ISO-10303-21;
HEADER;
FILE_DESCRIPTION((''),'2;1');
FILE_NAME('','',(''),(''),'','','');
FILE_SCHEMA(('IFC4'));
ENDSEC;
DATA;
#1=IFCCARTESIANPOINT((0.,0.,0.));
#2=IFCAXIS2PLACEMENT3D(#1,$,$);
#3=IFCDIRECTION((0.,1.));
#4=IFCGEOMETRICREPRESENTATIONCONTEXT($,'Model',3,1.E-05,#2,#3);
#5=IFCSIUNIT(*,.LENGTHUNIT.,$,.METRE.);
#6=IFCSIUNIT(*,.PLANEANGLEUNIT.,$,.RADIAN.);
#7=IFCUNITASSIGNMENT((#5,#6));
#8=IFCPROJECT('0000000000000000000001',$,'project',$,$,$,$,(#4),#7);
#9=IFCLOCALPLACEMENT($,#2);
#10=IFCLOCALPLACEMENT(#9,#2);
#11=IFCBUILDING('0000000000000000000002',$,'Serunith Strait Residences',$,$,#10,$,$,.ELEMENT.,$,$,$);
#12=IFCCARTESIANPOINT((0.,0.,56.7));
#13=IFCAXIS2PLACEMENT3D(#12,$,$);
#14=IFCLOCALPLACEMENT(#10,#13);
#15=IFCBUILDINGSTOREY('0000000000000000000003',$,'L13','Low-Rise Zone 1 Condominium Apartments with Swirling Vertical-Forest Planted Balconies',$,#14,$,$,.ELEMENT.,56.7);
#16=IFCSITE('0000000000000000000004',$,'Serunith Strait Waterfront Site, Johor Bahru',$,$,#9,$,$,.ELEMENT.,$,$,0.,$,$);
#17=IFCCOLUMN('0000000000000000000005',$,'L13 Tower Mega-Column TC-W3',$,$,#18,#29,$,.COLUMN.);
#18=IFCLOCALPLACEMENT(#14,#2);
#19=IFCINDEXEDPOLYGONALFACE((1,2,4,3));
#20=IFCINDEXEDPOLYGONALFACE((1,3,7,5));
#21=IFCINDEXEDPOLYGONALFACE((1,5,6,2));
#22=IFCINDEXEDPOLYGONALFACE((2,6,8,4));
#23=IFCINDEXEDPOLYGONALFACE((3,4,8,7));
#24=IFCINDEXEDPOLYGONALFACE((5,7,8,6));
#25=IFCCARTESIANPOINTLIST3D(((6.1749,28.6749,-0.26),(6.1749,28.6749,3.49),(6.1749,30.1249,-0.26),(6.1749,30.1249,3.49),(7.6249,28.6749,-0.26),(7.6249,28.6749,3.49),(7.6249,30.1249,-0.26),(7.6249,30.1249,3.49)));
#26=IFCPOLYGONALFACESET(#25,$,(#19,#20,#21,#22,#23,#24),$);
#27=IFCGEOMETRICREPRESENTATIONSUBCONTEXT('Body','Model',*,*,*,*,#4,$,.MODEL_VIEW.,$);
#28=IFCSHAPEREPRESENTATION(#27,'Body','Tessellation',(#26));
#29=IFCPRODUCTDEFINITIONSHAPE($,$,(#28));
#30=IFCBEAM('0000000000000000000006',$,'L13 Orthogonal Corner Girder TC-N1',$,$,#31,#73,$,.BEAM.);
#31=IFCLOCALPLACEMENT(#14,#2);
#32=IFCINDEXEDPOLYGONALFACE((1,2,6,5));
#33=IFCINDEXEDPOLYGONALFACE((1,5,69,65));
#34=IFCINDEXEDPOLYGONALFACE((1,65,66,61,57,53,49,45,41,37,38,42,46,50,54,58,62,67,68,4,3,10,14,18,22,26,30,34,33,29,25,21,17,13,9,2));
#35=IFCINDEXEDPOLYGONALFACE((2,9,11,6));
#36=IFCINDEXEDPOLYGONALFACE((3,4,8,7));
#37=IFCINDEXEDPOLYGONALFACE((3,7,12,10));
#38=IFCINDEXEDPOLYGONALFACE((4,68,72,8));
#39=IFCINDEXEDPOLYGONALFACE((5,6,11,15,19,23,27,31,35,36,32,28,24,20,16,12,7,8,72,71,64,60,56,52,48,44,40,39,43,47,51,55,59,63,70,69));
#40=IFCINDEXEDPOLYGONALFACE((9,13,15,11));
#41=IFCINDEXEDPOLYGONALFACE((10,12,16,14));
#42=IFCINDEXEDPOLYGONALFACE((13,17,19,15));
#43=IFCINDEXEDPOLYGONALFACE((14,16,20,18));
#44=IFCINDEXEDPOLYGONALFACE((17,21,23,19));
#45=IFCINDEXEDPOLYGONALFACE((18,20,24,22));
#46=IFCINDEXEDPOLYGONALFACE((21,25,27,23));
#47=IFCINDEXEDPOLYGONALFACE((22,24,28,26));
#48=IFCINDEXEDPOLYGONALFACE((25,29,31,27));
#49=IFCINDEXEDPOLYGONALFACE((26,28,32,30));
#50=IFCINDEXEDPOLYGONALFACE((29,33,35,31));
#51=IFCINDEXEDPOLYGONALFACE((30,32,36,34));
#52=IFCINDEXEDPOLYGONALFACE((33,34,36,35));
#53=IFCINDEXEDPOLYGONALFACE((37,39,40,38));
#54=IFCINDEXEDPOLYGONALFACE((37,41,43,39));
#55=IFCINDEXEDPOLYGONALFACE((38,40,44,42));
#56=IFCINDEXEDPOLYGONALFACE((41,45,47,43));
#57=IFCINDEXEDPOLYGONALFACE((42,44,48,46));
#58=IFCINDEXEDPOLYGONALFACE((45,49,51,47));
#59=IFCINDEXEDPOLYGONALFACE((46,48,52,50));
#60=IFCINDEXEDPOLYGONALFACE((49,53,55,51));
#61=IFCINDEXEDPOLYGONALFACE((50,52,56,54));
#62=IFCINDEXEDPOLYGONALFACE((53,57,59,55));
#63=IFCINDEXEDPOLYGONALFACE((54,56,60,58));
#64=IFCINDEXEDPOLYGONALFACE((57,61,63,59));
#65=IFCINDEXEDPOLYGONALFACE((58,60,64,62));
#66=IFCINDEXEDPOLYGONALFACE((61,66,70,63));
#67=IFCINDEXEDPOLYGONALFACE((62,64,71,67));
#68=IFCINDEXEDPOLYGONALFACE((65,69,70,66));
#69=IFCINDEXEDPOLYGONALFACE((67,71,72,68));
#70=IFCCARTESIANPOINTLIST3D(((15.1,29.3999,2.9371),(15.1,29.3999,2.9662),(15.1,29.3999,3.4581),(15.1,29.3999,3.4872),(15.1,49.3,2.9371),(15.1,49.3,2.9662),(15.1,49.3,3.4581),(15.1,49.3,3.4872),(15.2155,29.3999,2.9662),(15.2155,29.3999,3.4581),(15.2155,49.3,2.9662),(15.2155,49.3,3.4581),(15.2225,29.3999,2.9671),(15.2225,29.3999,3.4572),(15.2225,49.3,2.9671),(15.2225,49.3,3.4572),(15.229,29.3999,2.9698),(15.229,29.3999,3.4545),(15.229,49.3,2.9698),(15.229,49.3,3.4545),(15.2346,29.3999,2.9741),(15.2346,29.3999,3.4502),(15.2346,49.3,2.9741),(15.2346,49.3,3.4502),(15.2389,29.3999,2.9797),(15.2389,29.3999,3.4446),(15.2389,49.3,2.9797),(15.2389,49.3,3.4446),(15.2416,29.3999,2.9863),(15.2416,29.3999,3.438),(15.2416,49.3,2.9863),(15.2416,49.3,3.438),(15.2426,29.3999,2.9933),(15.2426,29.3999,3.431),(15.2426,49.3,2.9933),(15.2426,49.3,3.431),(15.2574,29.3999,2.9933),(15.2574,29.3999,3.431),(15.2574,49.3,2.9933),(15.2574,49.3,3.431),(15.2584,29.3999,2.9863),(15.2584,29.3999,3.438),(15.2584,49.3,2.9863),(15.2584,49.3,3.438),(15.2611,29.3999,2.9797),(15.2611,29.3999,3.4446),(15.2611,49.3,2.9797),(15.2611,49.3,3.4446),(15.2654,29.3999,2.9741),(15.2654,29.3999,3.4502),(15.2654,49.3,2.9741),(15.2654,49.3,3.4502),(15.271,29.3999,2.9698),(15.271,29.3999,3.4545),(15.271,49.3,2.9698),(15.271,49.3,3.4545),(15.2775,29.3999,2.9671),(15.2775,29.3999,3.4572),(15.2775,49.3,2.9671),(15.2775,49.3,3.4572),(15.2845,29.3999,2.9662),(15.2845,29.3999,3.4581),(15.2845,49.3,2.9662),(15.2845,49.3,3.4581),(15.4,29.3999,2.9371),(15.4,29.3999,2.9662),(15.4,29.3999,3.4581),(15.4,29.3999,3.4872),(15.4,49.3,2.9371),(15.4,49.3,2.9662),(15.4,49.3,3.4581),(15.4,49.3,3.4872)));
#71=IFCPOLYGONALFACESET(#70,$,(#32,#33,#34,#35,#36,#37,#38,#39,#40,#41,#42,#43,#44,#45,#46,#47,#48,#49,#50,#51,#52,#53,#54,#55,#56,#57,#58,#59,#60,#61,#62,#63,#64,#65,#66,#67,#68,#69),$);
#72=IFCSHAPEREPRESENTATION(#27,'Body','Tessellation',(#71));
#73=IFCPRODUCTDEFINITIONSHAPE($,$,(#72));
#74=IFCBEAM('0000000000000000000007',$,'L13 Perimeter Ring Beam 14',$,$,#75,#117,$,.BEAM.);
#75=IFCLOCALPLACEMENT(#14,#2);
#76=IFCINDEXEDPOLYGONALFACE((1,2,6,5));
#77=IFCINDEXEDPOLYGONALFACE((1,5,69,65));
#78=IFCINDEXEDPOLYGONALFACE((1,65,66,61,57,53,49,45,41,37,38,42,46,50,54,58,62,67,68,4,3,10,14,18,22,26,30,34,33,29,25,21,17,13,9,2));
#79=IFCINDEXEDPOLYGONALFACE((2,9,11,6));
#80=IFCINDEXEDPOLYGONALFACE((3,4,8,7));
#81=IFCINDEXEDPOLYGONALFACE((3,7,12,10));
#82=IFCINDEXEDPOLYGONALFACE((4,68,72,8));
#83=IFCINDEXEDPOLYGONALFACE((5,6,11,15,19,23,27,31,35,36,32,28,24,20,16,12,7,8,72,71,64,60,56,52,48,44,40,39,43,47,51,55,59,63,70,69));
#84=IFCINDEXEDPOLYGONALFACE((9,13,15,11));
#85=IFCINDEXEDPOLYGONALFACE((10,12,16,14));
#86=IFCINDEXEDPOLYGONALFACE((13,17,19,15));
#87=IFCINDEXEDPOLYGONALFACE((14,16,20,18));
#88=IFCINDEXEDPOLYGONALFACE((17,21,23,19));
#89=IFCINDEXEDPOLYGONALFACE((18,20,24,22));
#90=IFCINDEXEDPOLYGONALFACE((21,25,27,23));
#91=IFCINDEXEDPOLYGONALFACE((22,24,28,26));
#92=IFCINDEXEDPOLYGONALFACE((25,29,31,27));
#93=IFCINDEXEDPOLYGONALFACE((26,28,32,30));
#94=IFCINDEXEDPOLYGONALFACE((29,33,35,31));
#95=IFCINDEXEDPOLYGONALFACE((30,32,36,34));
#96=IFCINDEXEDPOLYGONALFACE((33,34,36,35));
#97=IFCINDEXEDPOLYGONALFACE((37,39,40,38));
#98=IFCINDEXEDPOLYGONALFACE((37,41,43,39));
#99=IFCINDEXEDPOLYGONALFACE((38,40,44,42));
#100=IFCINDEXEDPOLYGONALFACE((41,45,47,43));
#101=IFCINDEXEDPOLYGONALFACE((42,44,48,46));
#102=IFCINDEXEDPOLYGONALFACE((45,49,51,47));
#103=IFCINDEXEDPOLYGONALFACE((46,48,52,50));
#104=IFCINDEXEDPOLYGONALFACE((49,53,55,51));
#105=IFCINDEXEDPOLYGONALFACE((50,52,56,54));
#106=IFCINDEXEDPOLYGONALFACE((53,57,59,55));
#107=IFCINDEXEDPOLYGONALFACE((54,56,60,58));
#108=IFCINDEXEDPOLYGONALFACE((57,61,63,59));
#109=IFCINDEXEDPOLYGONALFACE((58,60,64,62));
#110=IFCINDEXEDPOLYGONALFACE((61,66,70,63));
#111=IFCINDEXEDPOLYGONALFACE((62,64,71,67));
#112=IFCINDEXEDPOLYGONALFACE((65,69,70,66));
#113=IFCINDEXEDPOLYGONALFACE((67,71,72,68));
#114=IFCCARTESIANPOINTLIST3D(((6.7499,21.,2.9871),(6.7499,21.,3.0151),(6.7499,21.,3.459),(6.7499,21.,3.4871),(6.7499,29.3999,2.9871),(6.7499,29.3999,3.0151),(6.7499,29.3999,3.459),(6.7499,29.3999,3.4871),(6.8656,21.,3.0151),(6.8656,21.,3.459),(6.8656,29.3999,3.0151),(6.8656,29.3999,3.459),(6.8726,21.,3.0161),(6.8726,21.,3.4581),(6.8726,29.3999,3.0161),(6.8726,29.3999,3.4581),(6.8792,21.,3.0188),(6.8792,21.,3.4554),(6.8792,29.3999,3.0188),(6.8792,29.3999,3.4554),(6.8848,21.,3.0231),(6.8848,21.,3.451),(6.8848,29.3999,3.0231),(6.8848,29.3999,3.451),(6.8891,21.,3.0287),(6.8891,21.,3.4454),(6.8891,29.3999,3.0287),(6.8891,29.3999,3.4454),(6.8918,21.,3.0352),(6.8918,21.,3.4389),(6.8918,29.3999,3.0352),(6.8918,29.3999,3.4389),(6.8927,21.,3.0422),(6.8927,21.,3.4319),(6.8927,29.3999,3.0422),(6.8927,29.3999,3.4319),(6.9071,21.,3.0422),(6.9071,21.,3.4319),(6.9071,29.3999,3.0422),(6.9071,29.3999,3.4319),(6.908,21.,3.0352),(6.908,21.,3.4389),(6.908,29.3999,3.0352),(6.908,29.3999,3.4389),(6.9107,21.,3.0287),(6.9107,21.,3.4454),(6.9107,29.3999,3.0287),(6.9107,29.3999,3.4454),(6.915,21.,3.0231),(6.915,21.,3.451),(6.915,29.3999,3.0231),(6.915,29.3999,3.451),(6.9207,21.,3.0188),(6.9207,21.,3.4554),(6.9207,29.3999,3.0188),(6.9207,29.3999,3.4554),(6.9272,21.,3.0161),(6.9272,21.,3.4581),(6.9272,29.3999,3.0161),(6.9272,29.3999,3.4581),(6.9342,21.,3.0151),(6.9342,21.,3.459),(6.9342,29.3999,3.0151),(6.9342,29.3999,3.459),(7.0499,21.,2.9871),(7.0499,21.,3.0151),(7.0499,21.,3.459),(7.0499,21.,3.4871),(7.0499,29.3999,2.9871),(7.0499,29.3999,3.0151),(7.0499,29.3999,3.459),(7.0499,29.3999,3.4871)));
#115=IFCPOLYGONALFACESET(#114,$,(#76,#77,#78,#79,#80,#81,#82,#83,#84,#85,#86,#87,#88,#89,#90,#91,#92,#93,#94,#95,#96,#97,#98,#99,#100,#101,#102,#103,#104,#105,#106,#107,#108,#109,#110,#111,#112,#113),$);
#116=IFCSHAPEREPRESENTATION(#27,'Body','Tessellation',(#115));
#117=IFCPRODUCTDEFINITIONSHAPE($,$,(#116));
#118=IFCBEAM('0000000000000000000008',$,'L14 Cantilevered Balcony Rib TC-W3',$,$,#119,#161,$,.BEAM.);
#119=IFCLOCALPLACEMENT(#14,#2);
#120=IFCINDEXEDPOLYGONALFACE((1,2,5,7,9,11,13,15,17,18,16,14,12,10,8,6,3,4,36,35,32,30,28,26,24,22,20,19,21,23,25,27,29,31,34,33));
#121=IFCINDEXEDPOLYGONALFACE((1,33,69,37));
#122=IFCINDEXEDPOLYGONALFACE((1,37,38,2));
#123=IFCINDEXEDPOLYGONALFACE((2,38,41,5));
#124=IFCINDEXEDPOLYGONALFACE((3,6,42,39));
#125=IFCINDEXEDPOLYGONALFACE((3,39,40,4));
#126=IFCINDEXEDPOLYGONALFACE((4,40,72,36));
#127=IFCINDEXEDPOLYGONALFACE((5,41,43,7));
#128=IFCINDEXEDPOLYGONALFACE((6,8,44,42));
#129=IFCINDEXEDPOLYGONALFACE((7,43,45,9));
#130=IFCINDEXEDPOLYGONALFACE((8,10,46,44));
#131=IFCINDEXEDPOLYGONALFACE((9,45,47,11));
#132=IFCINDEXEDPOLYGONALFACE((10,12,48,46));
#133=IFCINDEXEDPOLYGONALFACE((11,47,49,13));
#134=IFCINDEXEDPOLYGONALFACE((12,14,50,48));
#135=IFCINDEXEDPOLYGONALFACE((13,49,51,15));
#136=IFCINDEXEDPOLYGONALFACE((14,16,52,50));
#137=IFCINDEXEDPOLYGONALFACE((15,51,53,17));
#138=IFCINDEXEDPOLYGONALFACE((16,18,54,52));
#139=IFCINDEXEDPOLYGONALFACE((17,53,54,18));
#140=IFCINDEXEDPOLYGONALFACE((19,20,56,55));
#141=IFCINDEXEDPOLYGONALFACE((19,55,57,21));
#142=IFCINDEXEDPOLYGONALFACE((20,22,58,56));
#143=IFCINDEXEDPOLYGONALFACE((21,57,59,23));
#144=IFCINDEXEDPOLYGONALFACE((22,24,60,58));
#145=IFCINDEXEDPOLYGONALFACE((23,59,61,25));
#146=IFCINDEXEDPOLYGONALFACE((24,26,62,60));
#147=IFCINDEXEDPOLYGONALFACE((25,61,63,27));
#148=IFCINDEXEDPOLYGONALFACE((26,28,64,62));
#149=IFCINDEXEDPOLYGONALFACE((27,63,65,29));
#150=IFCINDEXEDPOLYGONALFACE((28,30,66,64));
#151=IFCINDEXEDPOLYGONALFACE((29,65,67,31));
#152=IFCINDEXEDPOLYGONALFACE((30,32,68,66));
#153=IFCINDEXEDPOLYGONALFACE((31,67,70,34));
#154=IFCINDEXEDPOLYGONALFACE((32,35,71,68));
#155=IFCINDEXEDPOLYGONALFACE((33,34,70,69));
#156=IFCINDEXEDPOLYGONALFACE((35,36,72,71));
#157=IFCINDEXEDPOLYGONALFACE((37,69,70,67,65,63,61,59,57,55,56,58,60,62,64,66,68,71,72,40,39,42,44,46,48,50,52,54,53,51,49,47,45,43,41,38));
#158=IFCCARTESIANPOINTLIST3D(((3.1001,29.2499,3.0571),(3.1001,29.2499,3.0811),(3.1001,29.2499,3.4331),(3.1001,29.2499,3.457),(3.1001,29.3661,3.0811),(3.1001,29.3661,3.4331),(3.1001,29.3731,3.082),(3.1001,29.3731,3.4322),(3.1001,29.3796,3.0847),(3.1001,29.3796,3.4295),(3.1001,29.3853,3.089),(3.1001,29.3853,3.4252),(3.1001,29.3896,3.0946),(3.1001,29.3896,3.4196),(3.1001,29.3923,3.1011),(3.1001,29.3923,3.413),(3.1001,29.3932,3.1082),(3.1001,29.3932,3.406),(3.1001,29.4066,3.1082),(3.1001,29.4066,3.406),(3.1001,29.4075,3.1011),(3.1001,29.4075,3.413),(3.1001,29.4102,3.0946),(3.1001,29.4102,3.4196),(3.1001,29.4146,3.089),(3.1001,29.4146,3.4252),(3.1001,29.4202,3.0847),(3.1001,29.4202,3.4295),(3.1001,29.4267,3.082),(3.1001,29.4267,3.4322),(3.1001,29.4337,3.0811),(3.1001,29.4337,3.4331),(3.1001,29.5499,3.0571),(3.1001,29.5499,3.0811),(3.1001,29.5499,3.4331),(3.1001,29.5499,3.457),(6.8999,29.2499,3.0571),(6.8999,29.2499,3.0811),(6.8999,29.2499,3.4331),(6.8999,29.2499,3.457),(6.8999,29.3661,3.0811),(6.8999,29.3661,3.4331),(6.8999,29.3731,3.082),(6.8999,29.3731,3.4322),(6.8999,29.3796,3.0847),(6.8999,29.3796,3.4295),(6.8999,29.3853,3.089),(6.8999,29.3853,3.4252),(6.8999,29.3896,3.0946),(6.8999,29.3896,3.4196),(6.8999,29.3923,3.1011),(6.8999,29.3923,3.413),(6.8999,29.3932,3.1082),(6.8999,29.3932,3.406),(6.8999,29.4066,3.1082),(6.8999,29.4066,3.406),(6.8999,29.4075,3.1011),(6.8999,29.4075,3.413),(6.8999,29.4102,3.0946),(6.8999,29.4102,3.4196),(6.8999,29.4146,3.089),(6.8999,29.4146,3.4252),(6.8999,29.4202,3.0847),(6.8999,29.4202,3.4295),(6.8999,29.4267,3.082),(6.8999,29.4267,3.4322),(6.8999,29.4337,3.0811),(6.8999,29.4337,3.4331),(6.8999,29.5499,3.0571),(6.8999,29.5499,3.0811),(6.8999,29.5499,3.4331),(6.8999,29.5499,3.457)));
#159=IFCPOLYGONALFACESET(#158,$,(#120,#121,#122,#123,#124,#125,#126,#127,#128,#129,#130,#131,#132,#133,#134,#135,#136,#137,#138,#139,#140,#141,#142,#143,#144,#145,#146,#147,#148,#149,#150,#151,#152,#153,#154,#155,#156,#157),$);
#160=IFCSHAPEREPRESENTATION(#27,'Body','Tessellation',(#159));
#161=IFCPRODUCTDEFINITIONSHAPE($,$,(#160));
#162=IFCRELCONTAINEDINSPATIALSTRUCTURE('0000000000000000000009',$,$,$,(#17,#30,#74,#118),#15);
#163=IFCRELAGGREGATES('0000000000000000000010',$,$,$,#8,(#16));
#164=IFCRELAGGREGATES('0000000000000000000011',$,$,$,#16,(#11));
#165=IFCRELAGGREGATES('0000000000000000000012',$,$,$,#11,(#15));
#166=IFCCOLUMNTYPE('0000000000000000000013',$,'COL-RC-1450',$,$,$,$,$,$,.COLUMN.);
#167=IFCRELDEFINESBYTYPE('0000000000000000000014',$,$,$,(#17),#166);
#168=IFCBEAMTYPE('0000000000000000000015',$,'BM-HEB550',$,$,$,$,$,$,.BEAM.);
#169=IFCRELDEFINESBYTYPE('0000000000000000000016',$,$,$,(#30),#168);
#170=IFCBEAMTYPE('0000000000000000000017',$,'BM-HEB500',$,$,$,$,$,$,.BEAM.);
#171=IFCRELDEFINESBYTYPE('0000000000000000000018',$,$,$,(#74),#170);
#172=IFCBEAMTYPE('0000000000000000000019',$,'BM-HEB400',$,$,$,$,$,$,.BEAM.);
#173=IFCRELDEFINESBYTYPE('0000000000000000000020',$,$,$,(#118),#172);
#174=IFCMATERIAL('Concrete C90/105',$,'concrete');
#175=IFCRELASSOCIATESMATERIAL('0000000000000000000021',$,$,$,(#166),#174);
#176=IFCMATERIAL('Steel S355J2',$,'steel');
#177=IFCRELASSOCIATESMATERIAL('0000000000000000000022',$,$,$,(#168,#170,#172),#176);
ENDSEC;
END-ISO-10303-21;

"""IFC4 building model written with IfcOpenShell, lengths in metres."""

from ifc_helpers import new_model, si_unit, direction, frame, origin, origin_2d, place, context, subcontext, project, spatial, rectangle, i_section, extrude, source, transform, mapped, material, material_profile, profile_set, type_object, element, save


model = new_model("IFC4")

# Units and contexts
model_context = context("Model", 3, precision=1e-05, world=origin(), true_north=direction((0.0, 1.0)))
body_context = subcontext(model_context, "Body", "Model", "MODEL_VIEW")
ifc_project = project(units=[si_unit("LENGTHUNIT", "METRE"), si_unit("PLANEANGLEUNIT", "RADIAN")], contexts=[model_context])

# Site, building, storey
site_placement = place(None, origin())
site = spatial("IfcSite", under=ifc_project, at=site_placement, Name="Serunith Strait Waterfront Site, Johor Bahru", CompositionType="ELEMENT", RefElevation=0.0)
building_placement = place(site_placement, origin())
building = spatial("IfcBuilding", under=site, at=building_placement, Name="Serunith Strait Residences", CompositionType="ELEMENT")
storey_placement = place(building_placement, frame((0.0, 0.0, 56.7)))
storey = spatial("IfcBuildingStorey", under=building, at=storey_placement, Name="L13", Description="Low-Rise Zone 1 Condominium Apartments with Swirling Vertical-Forest Planted Balconies", CompositionType="ELEMENT", Elevation=56.7)

# Column
ifc_material_1 = material(Name="Concrete C90/105", Category="concrete")
ifc_material_profile_1 = material_profile(ifc_material_1, rectangle(XDim=1.45, YDim=1.45, at=origin_2d()), Name="RC 1450x1450")
ifc_profile_set_1 = profile_set([ifc_material_profile_1], Name="Concrete C90/105")
column_type = type_object("IfcColumnType", Name="COL-RC-1450", PredefinedType="COLUMN", material=ifc_profile_set_1)
shared_shape_1 = source(origin(), body_context, "Body", "SweptSolid", [
    extrude(rectangle(XDim=1.45, YDim=1.45, at=origin_2d()), origin(), (0.0, 0.0, 1.0), 3.75),
])
column_placement = place(storey_placement, frame((6.8999, 29.3999, -0.26), z_axis=(0.0, 0.0, 1.0), x_axis=(1.0, 0.0, 0.0)))
element("IfcColumn", 1, at=column_placement, inside=storey, type_object=column_type, Name="L13 Tower Mega-Column TC-W3", PredefinedType="COLUMN", context=body_context, shape_type="MappedRepresentation", body=[
    mapped(shared_shape_1, transform((0.0, 0.0, 0.0), scale=1.0)),
])

# Beams
ifc_material_2 = material(Name="Steel S355J2", Category="steel")
ifc_material_profile_2 = material_profile(ifc_material_2, i_section(OverallWidth=0.3, OverallDepth=0.55, WebThickness=0.0149, FlangeThickness=0.0291, FilletRadius=0.0271, at=origin_2d()), Name="HEB 550")
ifc_profile_set_2 = profile_set([ifc_material_profile_2], Name="Steel S355J2")
beam_type_1 = type_object("IfcBeamType", Name="BM-HEB550", PredefinedType="BEAM", material=ifc_profile_set_2)
shared_shape_2 = source(origin(), body_context, "Body", "SweptSolid", [
    extrude(i_section(OverallWidth=0.3, OverallDepth=0.55, WebThickness=0.0149, FlangeThickness=0.0291, FilletRadius=0.0271, at=origin_2d()), origin(), (0.0, 0.0, 1.0), 19.9001),
])
beam_1_placement = place(storey_placement, frame((15.25, 29.3999, 3.2122), z_axis=(0.0, 1.0, 0.0), x_axis=(-1.0, 0.0, 0.0)))
element("IfcBeam", 2, at=beam_1_placement, inside=storey, type_object=beam_type_1, Name="L13 Orthogonal Corner Girder TC-N1", PredefinedType="BEAM", context=body_context, shape_type="MappedRepresentation", body=[
    mapped(shared_shape_2, transform((0.0, 0.0, 0.0), scale=1.0)),
])
ifc_material_profile_3 = material_profile(ifc_material_2, i_section(OverallWidth=0.3, OverallDepth=0.5, WebThickness=0.0144, FlangeThickness=0.0281, FilletRadius=0.0271, at=origin_2d()), Name="HEB 500")
ifc_profile_set_3 = profile_set([ifc_material_profile_3], Name="Steel S355J2")
beam_type_2 = type_object("IfcBeamType", Name="BM-HEB500", PredefinedType="BEAM", material=ifc_profile_set_3)
shared_shape_3 = source(origin(), body_context, "Body", "SweptSolid", [
    extrude(i_section(OverallWidth=0.3, OverallDepth=0.5, WebThickness=0.0144, FlangeThickness=0.0281, FilletRadius=0.0271, at=origin_2d()), origin(), (0.0, 0.0, 1.0), 8.3999),
])
beam_2_placement = place(storey_placement, frame((6.8999, 29.3999, 3.2371), z_axis=(0.0, -1.0, 0.0), x_axis=(1.0, 0.0, 0.0)))
element("IfcBeam", 3, at=beam_2_placement, inside=storey, type_object=beam_type_2, Name="L13 Perimeter Ring Beam 14", PredefinedType="BEAM", context=body_context, shape_type="MappedRepresentation", body=[
    mapped(shared_shape_3, transform((0.0, 0.0, 0.0), scale=1.0)),
])
ifc_material_profile_4 = material_profile(ifc_material_2, i_section(OverallWidth=0.3, OverallDepth=0.3999, WebThickness=0.0134, FlangeThickness=0.0239, FilletRadius=0.0271, at=origin_2d()), Name="HEB 400")
ifc_profile_set_4 = profile_set([ifc_material_profile_4], Name="Steel S355J2")
beam_type_3 = type_object("IfcBeamType", Name="BM-HEB400", PredefinedType="BEAM", material=ifc_profile_set_4)
shared_shape_4 = source(origin(), body_context, "Body", "SweptSolid", [
    extrude(i_section(OverallWidth=0.3, OverallDepth=0.3999, WebThickness=0.0134, FlangeThickness=0.0239, FilletRadius=0.0271, at=origin_2d()), origin(), (0.0, 0.0, 1.0), 3.7998),
])
beam_3_placement = place(storey_placement, frame((6.8999, 29.3999, 3.2571), z_axis=(-1.0, 0.0, 0.0), x_axis=(0.0, -1.0, 0.0)))
element("IfcBeam", 4, at=beam_3_placement, inside=storey, type_object=beam_type_3, Name="L14 Cantilevered Balcony Rib TC-W3", PredefinedType="BEAM", context=body_context, shape_type="MappedRepresentation", body=[
    mapped(shared_shape_4, transform((0.0, 0.0, 0.0), scale=1.0)),
])

save(model, "model.ifc")
